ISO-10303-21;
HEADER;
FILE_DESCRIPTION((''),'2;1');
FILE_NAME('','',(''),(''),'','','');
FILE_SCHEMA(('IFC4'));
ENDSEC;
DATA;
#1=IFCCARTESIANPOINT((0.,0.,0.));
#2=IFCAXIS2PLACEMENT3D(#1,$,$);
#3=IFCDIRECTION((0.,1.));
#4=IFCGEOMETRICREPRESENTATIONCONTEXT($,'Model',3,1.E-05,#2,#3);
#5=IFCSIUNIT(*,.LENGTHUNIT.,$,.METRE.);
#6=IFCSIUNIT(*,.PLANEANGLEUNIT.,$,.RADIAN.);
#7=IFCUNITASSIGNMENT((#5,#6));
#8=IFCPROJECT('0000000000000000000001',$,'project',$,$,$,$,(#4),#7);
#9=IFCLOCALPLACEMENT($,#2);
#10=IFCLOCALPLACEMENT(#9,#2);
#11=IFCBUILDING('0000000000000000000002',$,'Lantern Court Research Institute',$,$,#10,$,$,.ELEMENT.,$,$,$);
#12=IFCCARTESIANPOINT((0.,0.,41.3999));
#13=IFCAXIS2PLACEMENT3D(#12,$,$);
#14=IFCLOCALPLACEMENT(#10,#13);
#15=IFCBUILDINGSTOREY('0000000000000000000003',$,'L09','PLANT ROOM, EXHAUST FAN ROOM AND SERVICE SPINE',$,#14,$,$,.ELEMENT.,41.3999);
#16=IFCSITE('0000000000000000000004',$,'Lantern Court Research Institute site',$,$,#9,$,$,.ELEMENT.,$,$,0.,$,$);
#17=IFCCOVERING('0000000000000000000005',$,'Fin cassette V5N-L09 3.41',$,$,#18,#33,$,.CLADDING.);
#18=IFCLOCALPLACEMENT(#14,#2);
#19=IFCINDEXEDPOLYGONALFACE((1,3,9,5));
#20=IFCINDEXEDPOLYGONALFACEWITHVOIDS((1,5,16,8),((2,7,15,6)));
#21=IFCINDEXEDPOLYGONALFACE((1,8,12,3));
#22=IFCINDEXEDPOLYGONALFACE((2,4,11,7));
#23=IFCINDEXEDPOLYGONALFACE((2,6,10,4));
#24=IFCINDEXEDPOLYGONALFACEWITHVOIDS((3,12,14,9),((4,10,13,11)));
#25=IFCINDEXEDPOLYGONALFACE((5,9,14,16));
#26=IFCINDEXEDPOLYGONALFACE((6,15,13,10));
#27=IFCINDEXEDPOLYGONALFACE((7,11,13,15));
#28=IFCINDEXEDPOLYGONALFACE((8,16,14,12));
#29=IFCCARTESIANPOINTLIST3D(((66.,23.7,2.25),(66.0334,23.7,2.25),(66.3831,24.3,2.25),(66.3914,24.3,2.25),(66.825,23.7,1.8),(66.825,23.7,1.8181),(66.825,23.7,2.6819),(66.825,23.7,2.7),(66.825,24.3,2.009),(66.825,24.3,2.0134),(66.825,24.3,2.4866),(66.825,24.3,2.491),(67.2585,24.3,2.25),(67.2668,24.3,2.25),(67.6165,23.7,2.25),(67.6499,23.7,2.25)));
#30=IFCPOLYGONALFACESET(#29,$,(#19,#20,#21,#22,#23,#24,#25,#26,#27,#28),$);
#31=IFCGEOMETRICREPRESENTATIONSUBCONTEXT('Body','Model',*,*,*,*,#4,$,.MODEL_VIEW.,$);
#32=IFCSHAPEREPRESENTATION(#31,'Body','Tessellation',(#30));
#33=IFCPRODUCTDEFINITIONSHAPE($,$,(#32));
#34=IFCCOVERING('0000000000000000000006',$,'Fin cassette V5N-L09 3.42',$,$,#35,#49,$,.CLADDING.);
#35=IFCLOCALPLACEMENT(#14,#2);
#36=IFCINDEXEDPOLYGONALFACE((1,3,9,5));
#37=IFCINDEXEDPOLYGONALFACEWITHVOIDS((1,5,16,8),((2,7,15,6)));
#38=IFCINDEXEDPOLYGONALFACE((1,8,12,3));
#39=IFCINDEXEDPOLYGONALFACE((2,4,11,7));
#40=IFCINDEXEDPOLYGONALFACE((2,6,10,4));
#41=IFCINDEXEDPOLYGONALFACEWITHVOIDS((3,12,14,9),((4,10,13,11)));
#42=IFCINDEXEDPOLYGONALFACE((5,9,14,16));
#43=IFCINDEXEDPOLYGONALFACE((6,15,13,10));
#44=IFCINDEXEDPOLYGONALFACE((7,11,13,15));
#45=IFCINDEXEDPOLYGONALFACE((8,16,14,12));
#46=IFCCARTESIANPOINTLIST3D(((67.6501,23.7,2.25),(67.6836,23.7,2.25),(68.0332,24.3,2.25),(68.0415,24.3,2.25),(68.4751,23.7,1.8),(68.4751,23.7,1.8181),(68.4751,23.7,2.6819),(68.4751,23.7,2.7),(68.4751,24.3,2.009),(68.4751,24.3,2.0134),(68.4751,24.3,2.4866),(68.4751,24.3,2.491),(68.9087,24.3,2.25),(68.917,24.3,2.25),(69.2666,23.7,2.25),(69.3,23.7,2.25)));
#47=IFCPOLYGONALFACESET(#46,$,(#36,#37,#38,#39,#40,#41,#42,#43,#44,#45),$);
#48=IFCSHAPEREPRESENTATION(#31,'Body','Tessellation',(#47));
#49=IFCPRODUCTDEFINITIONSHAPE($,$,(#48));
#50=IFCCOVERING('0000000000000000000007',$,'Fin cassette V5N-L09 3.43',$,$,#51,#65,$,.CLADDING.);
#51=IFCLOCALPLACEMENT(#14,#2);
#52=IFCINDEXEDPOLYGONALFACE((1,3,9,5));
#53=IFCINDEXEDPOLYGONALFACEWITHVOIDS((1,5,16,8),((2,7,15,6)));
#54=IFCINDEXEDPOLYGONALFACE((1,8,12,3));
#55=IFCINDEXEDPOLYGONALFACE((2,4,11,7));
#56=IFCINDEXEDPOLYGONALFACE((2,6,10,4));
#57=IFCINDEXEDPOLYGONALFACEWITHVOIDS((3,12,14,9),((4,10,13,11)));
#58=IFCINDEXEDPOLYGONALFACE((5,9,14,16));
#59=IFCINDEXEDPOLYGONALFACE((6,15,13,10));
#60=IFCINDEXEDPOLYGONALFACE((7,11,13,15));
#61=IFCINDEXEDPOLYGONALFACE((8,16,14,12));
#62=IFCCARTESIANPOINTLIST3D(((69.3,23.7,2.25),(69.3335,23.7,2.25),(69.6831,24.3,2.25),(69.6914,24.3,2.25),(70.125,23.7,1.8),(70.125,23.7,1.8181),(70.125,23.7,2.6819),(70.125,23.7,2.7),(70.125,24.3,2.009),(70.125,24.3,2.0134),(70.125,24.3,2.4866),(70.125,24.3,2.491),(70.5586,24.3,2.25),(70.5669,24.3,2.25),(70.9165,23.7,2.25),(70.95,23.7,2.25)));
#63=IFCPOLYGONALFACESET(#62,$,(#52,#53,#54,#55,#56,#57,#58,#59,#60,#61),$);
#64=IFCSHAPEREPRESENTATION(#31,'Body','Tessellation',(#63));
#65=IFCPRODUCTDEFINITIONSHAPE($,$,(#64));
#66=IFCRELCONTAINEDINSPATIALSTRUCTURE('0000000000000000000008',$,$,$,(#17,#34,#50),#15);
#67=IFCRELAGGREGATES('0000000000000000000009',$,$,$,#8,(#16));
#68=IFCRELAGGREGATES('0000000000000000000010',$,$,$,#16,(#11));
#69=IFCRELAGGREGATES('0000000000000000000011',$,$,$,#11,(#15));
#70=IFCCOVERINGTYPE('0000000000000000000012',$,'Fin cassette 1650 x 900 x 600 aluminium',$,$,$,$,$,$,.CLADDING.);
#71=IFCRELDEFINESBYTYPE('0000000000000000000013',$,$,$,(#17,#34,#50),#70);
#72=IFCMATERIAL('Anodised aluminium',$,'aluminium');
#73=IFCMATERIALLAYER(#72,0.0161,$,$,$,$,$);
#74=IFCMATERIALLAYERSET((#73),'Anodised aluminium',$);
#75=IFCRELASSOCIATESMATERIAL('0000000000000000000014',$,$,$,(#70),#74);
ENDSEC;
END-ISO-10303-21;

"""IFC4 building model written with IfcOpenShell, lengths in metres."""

from ifc_helpers import new_model, entity, si_unit, direction, frame, origin, place, context, subcontext, project, spatial, material, layer, layer_set, type_object, element, save


model = new_model("IFC4")

# Units and contexts
model_context = context("Model", 3, precision=1e-05, world=origin(), true_north=direction((0.0, 1.0)))
body_context = subcontext(model_context, "Body", "Model", "MODEL_VIEW")
ifc_project = project(units=[si_unit("LENGTHUNIT", "METRE"), si_unit("PLANEANGLEUNIT", "RADIAN")], contexts=[model_context])

# Site, building, storey
site_placement = place(None, origin())
site = spatial("IfcSite", under=ifc_project, at=site_placement, Name="Lantern Court Research Institute site", CompositionType="ELEMENT", RefElevation=0.0)
building_placement = place(site_placement, origin())
building = spatial("IfcBuilding", under=site, at=building_placement, Name="Lantern Court Research Institute", CompositionType="ELEMENT")
storey_placement = place(building_placement, frame((0.0, 0.0, 41.3999)))
storey = spatial("IfcBuildingStorey", under=building, at=storey_placement, Name="L09", Description="PLANT ROOM, EXHAUST FAN ROOM AND SERVICE SPINE", CompositionType="ELEMENT", Elevation=41.3999)

# Coverings
ifc_material_1 = material(Name="Anodised aluminium", Category="aluminium")
ifc_layer_1 = layer(ifc_material_1, 0.0161)
ifc_layer_set_1 = layer_set([ifc_layer_1], Name="Anodised aluminium")
covering_type = type_object("IfcCoveringType", Name="Fin cassette 1650 x 900 x 600 aluminium", PredefinedType="CLADDING", material=ifc_layer_set_1)
covering_1_placement = place(storey_placement, frame((66.825, 23.7, 2.25), z_axis=(0.0, 1.0, 0.0), x_axis=(-1.0, 0.0, 0.0)))
cartesian_point_1 = entity("IfcCartesianPoint", [0.825, 0.0])
cartesian_point_2 = entity("IfcCartesianPoint", [0.7915, 0.0])
cartesian_point_3 = entity("IfcCartesianPoint", [0.4419, 0.0])
cartesian_point_4 = entity("IfcCartesianPoint", [0.4336, 0.0])
element("IfcCovering", 1, at=covering_1_placement, inside=storey, type_object=covering_type, Name="Fin cassette V5N-L09 3.41", PredefinedType="CLADDING", context=body_context, shape_type="SweptSolid", body=[
    entity("IfcExtrudedAreaSolidTapered", entity("IfcArbitraryProfileDefWithVoids", "AREA", None, entity("IfcPolyline", [cartesian_point_1, entity("IfcCartesianPoint", [0.0, 0.45]), entity("IfcCartesianPoint", [-0.825, 0.0]), entity("IfcCartesianPoint", [0.0, -0.45]), cartesian_point_1]), [entity("IfcPolyline", [cartesian_point_2, entity("IfcCartesianPoint", [0.0, 0.4319]), entity("IfcCartesianPoint", [-0.7915, 0.0]), entity("IfcCartesianPoint", [0.0, -0.4319]), cartesian_point_2])]), entity("IfcAxis2Placement3D", entity("IfcCartesianPoint", [0.0, 0.0, 0.0])), entity("IfcDirection", [0.0, 0.0, 1.0]), 0.6001, entity("IfcArbitraryProfileDefWithVoids", "AREA", None, entity("IfcPolyline", [cartesian_point_3, entity("IfcCartesianPoint", [0.0, 0.241]), entity("IfcCartesianPoint", [-0.4419, 0.0]), entity("IfcCartesianPoint", [0.0, -0.241]), cartesian_point_3]), [entity("IfcPolyline", [cartesian_point_4, entity("IfcCartesianPoint", [0.0, 0.2366]), entity("IfcCartesianPoint", [-0.4336, 0.0]), entity("IfcCartesianPoint", [0.0, -0.2366]), cartesian_point_4])])),
])
covering_2_placement = place(storey_placement, frame((68.4751, 23.7, 2.25), z_axis=(0.0, 1.0, 0.0), x_axis=(-1.0, 0.0, 0.0)))
cartesian_point_5 = entity("IfcCartesianPoint", [0.825, 0.0])
cartesian_point_6 = entity("IfcCartesianPoint", [0.7915, 0.0])
cartesian_point_7 = entity("IfcCartesianPoint", [0.4419, 0.0])
cartesian_point_8 = entity("IfcCartesianPoint", [0.4336, 0.0])
element("IfcCovering", 2, at=covering_2_placement, inside=storey, type_object=covering_type, Name="Fin cassette V5N-L09 3.42", PredefinedType="CLADDING", context=body_context, shape_type="SweptSolid", body=[
    entity("IfcExtrudedAreaSolidTapered", entity("IfcArbitraryProfileDefWithVoids", "AREA", None, entity("IfcPolyline", [cartesian_point_5, entity("IfcCartesianPoint", [0.0, 0.45]), entity("IfcCartesianPoint", [-0.825, 0.0]), entity("IfcCartesianPoint", [0.0, -0.45]), cartesian_point_5]), [entity("IfcPolyline", [cartesian_point_6, entity("IfcCartesianPoint", [0.0, 0.4319]), entity("IfcCartesianPoint", [-0.7915, 0.0]), entity("IfcCartesianPoint", [0.0, -0.4319]), cartesian_point_6])]), entity("IfcAxis2Placement3D", entity("IfcCartesianPoint", [0.0, 0.0, 0.0])), entity("IfcDirection", [0.0, 0.0, 1.0]), 0.6001, entity("IfcArbitraryProfileDefWithVoids", "AREA", None, entity("IfcPolyline", [cartesian_point_7, entity("IfcCartesianPoint", [0.0, 0.241]), entity("IfcCartesianPoint", [-0.4419, 0.0]), entity("IfcCartesianPoint", [0.0, -0.241]), cartesian_point_7]), [entity("IfcPolyline", [cartesian_point_8, entity("IfcCartesianPoint", [0.0, 0.2366]), entity("IfcCartesianPoint", [-0.4336, 0.0]), entity("IfcCartesianPoint", [0.0, -0.2366]), cartesian_point_8])])),
])
covering_3_placement = place(storey_placement, frame((70.125, 23.7, 2.25), z_axis=(0.0, 1.0, 0.0), x_axis=(-1.0, 0.0, 0.0)))
cartesian_point_9 = entity("IfcCartesianPoint", [0.825, 0.0])
cartesian_point_10 = entity("IfcCartesianPoint", [0.7915, 0.0])
cartesian_point_11 = entity("IfcCartesianPoint", [0.4419, 0.0])
cartesian_point_12 = entity("IfcCartesianPoint", [0.4336, 0.0])
element("IfcCovering", 3, at=covering_3_placement, inside=storey, type_object=covering_type, Name="Fin cassette V5N-L09 3.43", PredefinedType="CLADDING", context=body_context, shape_type="SweptSolid", body=[
    entity("IfcExtrudedAreaSolidTapered", entity("IfcArbitraryProfileDefWithVoids", "AREA", None, entity("IfcPolyline", [cartesian_point_9, entity("IfcCartesianPoint", [0.0, 0.45]), entity("IfcCartesianPoint", [-0.825, 0.0]), entity("IfcCartesianPoint", [0.0, -0.45]), cartesian_point_9]), [entity("IfcPolyline", [cartesian_point_10, entity("IfcCartesianPoint", [0.0, 0.4319]), entity("IfcCartesianPoint", [-0.7915, 0.0]), entity("IfcCartesianPoint", [0.0, -0.4319]), cartesian_point_10])]), entity("IfcAxis2Placement3D", entity("IfcCartesianPoint", [0.0, 0.0, 0.0])), entity("IfcDirection", [0.0, 0.0, 1.0]), 0.6001, entity("IfcArbitraryProfileDefWithVoids", "AREA", None, entity("IfcPolyline", [cartesian_point_11, entity("IfcCartesianPoint", [0.0, 0.241]), entity("IfcCartesianPoint", [-0.4419, 0.0]), entity("IfcCartesianPoint", [0.0, -0.241]), cartesian_point_11]), [entity("IfcPolyline", [cartesian_point_12, entity("IfcCartesianPoint", [0.0, 0.2366]), entity("IfcCartesianPoint", [-0.4336, 0.0]), entity("IfcCartesianPoint", [0.0, -0.2366]), cartesian_point_12])])),
])

save(model, "model.ifc")
